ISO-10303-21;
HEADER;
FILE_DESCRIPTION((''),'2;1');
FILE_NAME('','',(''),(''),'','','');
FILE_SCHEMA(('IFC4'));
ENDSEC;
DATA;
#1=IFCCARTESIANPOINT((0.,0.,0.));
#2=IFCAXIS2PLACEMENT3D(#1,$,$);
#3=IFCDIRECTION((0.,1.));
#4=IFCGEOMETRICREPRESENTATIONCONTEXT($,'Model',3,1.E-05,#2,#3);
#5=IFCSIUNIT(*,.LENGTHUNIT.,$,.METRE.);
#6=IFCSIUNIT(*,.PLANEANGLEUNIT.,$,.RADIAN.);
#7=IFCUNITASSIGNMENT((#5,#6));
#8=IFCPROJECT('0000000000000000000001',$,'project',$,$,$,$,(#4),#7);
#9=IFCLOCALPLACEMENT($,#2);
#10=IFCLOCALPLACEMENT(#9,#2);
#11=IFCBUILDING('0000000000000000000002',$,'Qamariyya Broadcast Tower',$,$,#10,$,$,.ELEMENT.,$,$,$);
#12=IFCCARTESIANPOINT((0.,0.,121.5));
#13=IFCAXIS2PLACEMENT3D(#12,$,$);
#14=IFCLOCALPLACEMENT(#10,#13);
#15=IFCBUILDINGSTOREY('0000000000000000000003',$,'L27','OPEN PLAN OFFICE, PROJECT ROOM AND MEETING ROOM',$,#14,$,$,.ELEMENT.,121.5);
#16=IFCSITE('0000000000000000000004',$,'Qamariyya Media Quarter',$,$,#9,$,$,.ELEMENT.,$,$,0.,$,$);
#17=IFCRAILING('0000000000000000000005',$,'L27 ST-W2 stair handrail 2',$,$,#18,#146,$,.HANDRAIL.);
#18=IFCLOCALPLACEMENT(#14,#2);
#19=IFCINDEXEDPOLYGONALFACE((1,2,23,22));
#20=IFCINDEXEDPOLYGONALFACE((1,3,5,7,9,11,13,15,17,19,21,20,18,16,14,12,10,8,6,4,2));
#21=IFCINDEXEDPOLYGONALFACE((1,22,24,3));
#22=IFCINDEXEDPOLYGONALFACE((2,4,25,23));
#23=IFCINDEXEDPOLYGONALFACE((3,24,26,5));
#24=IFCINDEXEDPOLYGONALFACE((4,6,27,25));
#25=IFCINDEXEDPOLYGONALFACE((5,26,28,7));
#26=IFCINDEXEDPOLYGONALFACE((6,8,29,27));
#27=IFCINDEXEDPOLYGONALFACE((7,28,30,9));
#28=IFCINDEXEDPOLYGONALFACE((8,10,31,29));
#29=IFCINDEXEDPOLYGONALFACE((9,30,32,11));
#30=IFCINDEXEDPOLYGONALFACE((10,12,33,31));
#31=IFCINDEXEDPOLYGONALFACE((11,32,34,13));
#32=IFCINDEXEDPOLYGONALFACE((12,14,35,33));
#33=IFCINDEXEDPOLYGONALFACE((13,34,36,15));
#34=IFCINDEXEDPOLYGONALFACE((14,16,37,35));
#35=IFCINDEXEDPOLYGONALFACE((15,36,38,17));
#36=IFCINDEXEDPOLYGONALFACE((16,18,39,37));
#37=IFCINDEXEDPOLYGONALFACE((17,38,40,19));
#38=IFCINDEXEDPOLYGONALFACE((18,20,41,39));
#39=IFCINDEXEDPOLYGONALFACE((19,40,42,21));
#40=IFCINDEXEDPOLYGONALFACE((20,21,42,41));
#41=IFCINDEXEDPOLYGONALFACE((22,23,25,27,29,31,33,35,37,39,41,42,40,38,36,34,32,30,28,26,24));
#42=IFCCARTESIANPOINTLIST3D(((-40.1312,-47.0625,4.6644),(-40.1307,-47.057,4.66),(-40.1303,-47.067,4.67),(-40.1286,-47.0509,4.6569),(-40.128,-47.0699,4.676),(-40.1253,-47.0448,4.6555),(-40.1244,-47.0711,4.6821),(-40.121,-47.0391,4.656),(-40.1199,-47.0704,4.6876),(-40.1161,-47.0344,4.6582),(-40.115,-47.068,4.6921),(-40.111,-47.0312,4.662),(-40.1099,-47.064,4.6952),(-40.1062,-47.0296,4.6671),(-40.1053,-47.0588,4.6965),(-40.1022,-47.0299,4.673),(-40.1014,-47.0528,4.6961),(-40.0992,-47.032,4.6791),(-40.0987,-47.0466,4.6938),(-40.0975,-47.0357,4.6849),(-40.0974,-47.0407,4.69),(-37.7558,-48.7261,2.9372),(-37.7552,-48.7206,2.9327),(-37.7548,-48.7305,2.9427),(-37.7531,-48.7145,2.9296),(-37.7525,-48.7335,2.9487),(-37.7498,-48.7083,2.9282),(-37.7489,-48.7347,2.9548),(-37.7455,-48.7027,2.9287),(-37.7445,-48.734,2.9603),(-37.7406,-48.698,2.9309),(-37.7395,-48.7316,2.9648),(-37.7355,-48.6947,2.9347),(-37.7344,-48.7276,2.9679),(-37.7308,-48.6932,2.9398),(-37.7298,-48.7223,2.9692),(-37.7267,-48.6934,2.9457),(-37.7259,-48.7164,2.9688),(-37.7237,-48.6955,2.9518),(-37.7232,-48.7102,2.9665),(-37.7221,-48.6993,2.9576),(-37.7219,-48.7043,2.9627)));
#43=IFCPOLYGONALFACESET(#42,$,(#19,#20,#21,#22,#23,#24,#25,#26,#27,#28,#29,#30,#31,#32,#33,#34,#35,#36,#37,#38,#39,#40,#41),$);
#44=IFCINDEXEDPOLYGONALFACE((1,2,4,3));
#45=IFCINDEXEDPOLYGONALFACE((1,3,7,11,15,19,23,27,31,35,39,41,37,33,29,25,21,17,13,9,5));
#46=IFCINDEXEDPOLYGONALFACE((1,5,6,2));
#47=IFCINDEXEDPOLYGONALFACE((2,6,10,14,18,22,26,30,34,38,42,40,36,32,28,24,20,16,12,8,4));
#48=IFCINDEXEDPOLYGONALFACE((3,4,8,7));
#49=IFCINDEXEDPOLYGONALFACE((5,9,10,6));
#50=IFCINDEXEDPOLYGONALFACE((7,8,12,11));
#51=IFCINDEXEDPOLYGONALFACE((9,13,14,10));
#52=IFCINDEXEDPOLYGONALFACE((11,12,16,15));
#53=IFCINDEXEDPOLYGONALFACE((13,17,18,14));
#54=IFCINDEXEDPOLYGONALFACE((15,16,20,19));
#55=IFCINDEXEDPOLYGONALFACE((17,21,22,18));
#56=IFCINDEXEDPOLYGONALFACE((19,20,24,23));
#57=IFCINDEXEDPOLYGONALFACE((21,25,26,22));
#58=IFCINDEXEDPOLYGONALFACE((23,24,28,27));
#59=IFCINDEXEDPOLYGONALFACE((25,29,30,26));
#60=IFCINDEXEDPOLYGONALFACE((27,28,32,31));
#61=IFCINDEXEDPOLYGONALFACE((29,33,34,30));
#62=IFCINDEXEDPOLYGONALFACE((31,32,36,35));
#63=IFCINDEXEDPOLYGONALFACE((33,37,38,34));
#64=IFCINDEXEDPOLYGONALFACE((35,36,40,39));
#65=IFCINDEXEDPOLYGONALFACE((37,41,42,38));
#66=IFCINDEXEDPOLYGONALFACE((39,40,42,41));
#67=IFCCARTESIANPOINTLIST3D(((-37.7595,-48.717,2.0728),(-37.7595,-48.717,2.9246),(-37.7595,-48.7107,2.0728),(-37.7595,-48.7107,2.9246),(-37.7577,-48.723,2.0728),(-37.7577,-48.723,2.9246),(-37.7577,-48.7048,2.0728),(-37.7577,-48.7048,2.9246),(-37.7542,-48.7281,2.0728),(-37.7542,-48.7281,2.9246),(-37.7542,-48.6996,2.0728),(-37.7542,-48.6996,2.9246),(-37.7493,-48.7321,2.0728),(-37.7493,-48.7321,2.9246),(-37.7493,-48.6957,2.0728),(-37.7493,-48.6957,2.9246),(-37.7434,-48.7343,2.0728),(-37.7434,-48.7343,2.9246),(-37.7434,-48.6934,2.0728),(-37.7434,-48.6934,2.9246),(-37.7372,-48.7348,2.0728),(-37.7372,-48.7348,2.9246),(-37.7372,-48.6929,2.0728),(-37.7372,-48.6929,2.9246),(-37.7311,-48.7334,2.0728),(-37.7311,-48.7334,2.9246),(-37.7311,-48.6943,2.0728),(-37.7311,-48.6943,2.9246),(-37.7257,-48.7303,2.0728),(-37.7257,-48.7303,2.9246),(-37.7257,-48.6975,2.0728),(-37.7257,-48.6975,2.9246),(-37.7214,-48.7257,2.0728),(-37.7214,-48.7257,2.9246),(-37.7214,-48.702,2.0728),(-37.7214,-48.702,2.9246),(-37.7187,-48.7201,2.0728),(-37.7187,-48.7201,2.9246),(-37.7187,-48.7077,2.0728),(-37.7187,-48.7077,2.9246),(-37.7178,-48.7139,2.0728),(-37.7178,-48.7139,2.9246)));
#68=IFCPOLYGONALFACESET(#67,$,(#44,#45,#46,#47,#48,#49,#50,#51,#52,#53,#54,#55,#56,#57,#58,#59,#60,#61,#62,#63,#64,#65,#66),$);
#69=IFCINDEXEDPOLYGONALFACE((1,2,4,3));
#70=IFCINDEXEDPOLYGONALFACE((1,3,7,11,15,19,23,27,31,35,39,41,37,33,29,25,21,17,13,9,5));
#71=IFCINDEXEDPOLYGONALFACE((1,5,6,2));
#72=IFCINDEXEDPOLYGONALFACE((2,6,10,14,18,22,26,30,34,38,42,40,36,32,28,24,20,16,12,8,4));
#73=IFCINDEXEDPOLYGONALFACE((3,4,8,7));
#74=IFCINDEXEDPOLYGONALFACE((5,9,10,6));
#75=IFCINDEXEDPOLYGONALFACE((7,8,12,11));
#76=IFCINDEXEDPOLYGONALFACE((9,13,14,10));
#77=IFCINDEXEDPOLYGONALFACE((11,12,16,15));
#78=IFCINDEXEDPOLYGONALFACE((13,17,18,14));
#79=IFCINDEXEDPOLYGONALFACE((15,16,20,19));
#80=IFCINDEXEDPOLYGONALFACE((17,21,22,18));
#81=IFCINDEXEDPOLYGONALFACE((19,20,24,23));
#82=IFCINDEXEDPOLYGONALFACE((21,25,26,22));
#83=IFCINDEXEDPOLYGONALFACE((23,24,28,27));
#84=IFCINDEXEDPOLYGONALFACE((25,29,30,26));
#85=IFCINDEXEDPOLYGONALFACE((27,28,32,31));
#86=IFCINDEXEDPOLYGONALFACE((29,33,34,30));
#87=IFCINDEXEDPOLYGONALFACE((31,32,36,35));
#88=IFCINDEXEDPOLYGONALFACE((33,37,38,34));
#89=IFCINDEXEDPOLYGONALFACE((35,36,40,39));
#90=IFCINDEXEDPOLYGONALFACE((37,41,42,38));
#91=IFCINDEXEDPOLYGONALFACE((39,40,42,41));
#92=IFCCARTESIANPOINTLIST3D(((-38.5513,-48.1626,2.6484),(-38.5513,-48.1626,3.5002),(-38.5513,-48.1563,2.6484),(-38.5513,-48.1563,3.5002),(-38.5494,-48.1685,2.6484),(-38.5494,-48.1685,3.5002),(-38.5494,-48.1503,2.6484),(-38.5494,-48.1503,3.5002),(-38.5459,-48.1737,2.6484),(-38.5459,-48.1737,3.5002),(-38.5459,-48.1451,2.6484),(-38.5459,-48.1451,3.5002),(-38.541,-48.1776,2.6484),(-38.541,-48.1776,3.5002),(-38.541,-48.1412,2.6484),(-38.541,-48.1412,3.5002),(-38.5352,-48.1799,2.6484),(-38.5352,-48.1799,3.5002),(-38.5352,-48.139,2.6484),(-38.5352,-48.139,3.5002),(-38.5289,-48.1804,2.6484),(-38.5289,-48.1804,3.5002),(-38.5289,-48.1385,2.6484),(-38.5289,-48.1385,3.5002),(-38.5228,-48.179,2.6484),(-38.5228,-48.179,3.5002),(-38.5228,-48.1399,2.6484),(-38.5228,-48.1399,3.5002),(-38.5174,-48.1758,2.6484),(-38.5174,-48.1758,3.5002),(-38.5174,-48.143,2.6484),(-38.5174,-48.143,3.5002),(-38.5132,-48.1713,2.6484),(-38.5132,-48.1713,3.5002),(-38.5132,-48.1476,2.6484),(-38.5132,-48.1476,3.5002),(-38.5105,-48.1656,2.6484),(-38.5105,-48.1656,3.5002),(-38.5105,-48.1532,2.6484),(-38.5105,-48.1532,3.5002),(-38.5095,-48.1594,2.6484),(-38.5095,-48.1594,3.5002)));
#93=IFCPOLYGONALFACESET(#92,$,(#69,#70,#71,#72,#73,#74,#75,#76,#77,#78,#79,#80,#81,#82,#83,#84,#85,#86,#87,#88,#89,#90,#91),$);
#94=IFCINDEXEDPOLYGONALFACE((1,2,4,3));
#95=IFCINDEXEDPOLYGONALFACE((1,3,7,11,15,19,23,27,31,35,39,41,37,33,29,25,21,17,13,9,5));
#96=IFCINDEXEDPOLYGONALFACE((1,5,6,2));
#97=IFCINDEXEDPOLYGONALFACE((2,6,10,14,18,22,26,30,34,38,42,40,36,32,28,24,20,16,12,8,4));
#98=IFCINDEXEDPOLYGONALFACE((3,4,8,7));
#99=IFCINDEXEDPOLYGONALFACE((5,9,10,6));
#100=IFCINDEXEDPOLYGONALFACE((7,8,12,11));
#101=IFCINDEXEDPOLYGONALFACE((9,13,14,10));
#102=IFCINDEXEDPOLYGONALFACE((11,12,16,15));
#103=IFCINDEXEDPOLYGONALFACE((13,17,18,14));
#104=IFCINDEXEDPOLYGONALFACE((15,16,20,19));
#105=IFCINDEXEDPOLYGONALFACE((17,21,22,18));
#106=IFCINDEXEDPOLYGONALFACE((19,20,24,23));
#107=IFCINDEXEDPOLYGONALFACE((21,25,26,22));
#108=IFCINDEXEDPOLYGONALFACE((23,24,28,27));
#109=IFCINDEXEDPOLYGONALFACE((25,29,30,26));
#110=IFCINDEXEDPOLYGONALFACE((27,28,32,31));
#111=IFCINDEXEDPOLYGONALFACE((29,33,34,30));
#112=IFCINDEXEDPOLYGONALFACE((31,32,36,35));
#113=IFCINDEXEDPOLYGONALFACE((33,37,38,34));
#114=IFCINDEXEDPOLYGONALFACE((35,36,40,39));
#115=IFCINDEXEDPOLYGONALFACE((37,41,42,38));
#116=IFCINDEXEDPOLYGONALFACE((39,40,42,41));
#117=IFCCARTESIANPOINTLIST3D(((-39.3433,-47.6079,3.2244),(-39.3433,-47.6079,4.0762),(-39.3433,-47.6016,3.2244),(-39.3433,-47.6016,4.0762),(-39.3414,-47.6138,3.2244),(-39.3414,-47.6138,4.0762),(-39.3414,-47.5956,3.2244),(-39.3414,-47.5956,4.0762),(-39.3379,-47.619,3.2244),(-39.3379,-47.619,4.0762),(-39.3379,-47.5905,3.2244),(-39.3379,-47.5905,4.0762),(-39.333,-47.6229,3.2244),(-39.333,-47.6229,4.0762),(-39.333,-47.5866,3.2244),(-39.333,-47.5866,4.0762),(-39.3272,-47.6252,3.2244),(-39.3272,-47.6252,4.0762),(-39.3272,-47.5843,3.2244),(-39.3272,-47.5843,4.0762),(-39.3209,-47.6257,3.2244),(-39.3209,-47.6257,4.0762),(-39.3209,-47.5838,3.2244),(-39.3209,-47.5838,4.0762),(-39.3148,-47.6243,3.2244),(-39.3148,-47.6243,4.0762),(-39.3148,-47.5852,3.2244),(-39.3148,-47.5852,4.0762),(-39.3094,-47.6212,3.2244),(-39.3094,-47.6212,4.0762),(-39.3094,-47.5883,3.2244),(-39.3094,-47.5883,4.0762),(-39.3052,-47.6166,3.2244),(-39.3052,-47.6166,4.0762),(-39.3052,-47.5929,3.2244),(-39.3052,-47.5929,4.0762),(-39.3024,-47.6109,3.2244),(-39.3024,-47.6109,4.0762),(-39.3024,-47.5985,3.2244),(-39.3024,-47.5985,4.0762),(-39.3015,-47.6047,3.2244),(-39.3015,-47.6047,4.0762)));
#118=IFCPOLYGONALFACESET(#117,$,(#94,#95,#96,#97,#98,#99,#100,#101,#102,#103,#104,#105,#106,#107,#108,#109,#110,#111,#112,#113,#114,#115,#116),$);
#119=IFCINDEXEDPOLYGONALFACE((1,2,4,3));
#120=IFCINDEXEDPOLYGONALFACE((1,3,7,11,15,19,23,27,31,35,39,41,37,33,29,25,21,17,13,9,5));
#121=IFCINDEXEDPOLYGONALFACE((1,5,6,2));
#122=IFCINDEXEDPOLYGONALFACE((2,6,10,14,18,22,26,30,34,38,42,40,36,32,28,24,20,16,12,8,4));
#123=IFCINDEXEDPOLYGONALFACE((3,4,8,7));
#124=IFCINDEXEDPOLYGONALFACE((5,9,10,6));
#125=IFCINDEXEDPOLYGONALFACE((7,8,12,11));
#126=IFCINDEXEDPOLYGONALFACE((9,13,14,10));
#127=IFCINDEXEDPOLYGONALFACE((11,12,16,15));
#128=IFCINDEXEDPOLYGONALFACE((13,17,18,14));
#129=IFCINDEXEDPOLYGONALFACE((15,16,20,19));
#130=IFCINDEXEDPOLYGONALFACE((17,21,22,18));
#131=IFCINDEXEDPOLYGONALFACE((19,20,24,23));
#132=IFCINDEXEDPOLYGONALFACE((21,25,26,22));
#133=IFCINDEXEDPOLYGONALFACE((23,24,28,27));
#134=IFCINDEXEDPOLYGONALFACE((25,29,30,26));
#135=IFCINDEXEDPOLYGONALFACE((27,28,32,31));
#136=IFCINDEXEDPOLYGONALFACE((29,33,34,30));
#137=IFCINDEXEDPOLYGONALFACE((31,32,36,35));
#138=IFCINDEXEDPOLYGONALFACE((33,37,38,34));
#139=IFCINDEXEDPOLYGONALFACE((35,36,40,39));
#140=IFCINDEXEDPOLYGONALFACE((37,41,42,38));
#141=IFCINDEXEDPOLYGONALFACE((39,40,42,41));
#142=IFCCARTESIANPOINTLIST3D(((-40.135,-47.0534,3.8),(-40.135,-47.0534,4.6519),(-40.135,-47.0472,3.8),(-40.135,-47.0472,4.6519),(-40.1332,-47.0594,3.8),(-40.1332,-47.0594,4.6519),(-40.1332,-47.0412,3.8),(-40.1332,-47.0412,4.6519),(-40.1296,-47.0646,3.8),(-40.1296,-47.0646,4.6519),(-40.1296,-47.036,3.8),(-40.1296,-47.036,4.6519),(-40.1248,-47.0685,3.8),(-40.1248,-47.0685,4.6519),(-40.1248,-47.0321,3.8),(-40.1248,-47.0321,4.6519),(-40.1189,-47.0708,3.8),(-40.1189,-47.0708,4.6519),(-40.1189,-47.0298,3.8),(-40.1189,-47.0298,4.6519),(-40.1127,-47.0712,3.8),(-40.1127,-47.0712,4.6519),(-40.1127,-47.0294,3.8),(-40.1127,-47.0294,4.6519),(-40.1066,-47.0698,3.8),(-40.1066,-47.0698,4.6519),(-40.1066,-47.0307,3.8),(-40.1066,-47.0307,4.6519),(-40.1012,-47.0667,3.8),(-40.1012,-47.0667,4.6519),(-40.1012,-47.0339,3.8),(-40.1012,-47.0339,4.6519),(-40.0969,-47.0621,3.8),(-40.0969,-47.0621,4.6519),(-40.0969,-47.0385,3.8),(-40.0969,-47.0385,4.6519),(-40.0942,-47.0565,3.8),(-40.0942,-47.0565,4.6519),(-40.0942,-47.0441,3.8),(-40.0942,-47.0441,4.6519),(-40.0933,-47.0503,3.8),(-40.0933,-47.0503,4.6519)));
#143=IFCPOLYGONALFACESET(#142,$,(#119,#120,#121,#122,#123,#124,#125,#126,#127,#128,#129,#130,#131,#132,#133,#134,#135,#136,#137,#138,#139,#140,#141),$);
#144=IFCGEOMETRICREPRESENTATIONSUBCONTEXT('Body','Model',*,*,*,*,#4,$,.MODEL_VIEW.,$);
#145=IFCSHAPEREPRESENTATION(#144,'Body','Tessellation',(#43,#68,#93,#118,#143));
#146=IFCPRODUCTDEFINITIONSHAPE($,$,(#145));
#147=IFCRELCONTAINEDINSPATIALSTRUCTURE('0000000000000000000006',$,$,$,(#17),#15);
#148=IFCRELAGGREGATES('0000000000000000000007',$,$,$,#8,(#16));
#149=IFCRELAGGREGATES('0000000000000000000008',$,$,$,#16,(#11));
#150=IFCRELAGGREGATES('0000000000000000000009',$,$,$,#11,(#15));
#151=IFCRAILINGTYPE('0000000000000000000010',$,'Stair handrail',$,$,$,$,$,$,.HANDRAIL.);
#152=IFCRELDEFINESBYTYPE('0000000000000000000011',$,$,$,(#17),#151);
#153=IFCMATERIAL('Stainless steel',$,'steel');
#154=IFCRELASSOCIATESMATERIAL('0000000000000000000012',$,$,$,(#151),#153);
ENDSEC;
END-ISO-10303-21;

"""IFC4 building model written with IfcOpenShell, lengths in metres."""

from ifc_helpers import new_model, si_unit, direction, frame, origin, origin_2d, place, context, subcontext, project, spatial, circle, extrude, material, type_object, element, save


model = new_model("IFC4")

# Units and contexts
model_context = context("Model", 3, precision=1e-05, world=origin(), true_north=direction((0.0, 1.0)))
body_context = subcontext(model_context, "Body", "Model", "MODEL_VIEW")
ifc_project = project(units=[si_unit("LENGTHUNIT", "METRE"), si_unit("PLANEANGLEUNIT", "RADIAN")], contexts=[model_context])

# Site, building, storey
site_placement = place(None, origin())
site = spatial("IfcSite", under=ifc_project, at=site_placement, Name="Qamariyya Media Quarter", CompositionType="ELEMENT", RefElevation=0.0)
building_placement = place(site_placement, origin())
building = spatial("IfcBuilding", under=site, at=building_placement, Name="Qamariyya Broadcast Tower", CompositionType="ELEMENT")
storey_placement = place(building_placement, frame((0.0, 0.0, 121.5)))
storey = spatial("IfcBuildingStorey", under=building, at=storey_placement, Name="L27", Description="OPEN PLAN OFFICE, PROJECT ROOM AND MEETING ROOM", CompositionType="ELEMENT", Elevation=121.5)

# Railing
ifc_material_1 = material(Name="Stainless steel", Category="steel")
railing_type_1 = type_object("IfcRailingType", Name="Stair handrail", PredefinedType="HANDRAIL", material=ifc_material_1)
railing_1_placement = place(storey_placement, frame((-37.7388, -48.7139, 2.0728)))
element("IfcRailing", 1, at=railing_1_placement, inside=storey, type_object=railing_type_1, Name="L27 ST-W2 stair handrail 2", PredefinedType="HANDRAIL", context=body_context, shape_type="SweptSolid", body=[
    extrude(circle(Radius=0.0239, at=origin_2d()), frame((0.0, 0.0, 0.876), z_axis=(-0.703745, 0.492838, 0.511716), x_axis=(-0.573632, -0.819113, 0.0)), (0.0, 0.0, 1.0), 3.3755),
    extrude(circle(Radius=0.021, at=origin_2d()), origin(), (0.0, 0.0, 1.0), 0.8518),
    extrude(circle(Radius=0.021, at=origin_2d()), frame((-0.7917, 0.5544, 0.5757)), (0.0, 0.0, 1.0), 0.8518),
    extrude(circle(Radius=0.021, at=origin_2d()), frame((-1.5837, 1.1091, 1.1516)), (0.0, 0.0, 1.0), 0.8518),
    extrude(circle(Radius=0.021, at=origin_2d()), frame((-2.3755, 1.6636, 1.7273)), (0.0, 0.0, 1.0), 0.8518),
])

save(model, "model.ifc")
